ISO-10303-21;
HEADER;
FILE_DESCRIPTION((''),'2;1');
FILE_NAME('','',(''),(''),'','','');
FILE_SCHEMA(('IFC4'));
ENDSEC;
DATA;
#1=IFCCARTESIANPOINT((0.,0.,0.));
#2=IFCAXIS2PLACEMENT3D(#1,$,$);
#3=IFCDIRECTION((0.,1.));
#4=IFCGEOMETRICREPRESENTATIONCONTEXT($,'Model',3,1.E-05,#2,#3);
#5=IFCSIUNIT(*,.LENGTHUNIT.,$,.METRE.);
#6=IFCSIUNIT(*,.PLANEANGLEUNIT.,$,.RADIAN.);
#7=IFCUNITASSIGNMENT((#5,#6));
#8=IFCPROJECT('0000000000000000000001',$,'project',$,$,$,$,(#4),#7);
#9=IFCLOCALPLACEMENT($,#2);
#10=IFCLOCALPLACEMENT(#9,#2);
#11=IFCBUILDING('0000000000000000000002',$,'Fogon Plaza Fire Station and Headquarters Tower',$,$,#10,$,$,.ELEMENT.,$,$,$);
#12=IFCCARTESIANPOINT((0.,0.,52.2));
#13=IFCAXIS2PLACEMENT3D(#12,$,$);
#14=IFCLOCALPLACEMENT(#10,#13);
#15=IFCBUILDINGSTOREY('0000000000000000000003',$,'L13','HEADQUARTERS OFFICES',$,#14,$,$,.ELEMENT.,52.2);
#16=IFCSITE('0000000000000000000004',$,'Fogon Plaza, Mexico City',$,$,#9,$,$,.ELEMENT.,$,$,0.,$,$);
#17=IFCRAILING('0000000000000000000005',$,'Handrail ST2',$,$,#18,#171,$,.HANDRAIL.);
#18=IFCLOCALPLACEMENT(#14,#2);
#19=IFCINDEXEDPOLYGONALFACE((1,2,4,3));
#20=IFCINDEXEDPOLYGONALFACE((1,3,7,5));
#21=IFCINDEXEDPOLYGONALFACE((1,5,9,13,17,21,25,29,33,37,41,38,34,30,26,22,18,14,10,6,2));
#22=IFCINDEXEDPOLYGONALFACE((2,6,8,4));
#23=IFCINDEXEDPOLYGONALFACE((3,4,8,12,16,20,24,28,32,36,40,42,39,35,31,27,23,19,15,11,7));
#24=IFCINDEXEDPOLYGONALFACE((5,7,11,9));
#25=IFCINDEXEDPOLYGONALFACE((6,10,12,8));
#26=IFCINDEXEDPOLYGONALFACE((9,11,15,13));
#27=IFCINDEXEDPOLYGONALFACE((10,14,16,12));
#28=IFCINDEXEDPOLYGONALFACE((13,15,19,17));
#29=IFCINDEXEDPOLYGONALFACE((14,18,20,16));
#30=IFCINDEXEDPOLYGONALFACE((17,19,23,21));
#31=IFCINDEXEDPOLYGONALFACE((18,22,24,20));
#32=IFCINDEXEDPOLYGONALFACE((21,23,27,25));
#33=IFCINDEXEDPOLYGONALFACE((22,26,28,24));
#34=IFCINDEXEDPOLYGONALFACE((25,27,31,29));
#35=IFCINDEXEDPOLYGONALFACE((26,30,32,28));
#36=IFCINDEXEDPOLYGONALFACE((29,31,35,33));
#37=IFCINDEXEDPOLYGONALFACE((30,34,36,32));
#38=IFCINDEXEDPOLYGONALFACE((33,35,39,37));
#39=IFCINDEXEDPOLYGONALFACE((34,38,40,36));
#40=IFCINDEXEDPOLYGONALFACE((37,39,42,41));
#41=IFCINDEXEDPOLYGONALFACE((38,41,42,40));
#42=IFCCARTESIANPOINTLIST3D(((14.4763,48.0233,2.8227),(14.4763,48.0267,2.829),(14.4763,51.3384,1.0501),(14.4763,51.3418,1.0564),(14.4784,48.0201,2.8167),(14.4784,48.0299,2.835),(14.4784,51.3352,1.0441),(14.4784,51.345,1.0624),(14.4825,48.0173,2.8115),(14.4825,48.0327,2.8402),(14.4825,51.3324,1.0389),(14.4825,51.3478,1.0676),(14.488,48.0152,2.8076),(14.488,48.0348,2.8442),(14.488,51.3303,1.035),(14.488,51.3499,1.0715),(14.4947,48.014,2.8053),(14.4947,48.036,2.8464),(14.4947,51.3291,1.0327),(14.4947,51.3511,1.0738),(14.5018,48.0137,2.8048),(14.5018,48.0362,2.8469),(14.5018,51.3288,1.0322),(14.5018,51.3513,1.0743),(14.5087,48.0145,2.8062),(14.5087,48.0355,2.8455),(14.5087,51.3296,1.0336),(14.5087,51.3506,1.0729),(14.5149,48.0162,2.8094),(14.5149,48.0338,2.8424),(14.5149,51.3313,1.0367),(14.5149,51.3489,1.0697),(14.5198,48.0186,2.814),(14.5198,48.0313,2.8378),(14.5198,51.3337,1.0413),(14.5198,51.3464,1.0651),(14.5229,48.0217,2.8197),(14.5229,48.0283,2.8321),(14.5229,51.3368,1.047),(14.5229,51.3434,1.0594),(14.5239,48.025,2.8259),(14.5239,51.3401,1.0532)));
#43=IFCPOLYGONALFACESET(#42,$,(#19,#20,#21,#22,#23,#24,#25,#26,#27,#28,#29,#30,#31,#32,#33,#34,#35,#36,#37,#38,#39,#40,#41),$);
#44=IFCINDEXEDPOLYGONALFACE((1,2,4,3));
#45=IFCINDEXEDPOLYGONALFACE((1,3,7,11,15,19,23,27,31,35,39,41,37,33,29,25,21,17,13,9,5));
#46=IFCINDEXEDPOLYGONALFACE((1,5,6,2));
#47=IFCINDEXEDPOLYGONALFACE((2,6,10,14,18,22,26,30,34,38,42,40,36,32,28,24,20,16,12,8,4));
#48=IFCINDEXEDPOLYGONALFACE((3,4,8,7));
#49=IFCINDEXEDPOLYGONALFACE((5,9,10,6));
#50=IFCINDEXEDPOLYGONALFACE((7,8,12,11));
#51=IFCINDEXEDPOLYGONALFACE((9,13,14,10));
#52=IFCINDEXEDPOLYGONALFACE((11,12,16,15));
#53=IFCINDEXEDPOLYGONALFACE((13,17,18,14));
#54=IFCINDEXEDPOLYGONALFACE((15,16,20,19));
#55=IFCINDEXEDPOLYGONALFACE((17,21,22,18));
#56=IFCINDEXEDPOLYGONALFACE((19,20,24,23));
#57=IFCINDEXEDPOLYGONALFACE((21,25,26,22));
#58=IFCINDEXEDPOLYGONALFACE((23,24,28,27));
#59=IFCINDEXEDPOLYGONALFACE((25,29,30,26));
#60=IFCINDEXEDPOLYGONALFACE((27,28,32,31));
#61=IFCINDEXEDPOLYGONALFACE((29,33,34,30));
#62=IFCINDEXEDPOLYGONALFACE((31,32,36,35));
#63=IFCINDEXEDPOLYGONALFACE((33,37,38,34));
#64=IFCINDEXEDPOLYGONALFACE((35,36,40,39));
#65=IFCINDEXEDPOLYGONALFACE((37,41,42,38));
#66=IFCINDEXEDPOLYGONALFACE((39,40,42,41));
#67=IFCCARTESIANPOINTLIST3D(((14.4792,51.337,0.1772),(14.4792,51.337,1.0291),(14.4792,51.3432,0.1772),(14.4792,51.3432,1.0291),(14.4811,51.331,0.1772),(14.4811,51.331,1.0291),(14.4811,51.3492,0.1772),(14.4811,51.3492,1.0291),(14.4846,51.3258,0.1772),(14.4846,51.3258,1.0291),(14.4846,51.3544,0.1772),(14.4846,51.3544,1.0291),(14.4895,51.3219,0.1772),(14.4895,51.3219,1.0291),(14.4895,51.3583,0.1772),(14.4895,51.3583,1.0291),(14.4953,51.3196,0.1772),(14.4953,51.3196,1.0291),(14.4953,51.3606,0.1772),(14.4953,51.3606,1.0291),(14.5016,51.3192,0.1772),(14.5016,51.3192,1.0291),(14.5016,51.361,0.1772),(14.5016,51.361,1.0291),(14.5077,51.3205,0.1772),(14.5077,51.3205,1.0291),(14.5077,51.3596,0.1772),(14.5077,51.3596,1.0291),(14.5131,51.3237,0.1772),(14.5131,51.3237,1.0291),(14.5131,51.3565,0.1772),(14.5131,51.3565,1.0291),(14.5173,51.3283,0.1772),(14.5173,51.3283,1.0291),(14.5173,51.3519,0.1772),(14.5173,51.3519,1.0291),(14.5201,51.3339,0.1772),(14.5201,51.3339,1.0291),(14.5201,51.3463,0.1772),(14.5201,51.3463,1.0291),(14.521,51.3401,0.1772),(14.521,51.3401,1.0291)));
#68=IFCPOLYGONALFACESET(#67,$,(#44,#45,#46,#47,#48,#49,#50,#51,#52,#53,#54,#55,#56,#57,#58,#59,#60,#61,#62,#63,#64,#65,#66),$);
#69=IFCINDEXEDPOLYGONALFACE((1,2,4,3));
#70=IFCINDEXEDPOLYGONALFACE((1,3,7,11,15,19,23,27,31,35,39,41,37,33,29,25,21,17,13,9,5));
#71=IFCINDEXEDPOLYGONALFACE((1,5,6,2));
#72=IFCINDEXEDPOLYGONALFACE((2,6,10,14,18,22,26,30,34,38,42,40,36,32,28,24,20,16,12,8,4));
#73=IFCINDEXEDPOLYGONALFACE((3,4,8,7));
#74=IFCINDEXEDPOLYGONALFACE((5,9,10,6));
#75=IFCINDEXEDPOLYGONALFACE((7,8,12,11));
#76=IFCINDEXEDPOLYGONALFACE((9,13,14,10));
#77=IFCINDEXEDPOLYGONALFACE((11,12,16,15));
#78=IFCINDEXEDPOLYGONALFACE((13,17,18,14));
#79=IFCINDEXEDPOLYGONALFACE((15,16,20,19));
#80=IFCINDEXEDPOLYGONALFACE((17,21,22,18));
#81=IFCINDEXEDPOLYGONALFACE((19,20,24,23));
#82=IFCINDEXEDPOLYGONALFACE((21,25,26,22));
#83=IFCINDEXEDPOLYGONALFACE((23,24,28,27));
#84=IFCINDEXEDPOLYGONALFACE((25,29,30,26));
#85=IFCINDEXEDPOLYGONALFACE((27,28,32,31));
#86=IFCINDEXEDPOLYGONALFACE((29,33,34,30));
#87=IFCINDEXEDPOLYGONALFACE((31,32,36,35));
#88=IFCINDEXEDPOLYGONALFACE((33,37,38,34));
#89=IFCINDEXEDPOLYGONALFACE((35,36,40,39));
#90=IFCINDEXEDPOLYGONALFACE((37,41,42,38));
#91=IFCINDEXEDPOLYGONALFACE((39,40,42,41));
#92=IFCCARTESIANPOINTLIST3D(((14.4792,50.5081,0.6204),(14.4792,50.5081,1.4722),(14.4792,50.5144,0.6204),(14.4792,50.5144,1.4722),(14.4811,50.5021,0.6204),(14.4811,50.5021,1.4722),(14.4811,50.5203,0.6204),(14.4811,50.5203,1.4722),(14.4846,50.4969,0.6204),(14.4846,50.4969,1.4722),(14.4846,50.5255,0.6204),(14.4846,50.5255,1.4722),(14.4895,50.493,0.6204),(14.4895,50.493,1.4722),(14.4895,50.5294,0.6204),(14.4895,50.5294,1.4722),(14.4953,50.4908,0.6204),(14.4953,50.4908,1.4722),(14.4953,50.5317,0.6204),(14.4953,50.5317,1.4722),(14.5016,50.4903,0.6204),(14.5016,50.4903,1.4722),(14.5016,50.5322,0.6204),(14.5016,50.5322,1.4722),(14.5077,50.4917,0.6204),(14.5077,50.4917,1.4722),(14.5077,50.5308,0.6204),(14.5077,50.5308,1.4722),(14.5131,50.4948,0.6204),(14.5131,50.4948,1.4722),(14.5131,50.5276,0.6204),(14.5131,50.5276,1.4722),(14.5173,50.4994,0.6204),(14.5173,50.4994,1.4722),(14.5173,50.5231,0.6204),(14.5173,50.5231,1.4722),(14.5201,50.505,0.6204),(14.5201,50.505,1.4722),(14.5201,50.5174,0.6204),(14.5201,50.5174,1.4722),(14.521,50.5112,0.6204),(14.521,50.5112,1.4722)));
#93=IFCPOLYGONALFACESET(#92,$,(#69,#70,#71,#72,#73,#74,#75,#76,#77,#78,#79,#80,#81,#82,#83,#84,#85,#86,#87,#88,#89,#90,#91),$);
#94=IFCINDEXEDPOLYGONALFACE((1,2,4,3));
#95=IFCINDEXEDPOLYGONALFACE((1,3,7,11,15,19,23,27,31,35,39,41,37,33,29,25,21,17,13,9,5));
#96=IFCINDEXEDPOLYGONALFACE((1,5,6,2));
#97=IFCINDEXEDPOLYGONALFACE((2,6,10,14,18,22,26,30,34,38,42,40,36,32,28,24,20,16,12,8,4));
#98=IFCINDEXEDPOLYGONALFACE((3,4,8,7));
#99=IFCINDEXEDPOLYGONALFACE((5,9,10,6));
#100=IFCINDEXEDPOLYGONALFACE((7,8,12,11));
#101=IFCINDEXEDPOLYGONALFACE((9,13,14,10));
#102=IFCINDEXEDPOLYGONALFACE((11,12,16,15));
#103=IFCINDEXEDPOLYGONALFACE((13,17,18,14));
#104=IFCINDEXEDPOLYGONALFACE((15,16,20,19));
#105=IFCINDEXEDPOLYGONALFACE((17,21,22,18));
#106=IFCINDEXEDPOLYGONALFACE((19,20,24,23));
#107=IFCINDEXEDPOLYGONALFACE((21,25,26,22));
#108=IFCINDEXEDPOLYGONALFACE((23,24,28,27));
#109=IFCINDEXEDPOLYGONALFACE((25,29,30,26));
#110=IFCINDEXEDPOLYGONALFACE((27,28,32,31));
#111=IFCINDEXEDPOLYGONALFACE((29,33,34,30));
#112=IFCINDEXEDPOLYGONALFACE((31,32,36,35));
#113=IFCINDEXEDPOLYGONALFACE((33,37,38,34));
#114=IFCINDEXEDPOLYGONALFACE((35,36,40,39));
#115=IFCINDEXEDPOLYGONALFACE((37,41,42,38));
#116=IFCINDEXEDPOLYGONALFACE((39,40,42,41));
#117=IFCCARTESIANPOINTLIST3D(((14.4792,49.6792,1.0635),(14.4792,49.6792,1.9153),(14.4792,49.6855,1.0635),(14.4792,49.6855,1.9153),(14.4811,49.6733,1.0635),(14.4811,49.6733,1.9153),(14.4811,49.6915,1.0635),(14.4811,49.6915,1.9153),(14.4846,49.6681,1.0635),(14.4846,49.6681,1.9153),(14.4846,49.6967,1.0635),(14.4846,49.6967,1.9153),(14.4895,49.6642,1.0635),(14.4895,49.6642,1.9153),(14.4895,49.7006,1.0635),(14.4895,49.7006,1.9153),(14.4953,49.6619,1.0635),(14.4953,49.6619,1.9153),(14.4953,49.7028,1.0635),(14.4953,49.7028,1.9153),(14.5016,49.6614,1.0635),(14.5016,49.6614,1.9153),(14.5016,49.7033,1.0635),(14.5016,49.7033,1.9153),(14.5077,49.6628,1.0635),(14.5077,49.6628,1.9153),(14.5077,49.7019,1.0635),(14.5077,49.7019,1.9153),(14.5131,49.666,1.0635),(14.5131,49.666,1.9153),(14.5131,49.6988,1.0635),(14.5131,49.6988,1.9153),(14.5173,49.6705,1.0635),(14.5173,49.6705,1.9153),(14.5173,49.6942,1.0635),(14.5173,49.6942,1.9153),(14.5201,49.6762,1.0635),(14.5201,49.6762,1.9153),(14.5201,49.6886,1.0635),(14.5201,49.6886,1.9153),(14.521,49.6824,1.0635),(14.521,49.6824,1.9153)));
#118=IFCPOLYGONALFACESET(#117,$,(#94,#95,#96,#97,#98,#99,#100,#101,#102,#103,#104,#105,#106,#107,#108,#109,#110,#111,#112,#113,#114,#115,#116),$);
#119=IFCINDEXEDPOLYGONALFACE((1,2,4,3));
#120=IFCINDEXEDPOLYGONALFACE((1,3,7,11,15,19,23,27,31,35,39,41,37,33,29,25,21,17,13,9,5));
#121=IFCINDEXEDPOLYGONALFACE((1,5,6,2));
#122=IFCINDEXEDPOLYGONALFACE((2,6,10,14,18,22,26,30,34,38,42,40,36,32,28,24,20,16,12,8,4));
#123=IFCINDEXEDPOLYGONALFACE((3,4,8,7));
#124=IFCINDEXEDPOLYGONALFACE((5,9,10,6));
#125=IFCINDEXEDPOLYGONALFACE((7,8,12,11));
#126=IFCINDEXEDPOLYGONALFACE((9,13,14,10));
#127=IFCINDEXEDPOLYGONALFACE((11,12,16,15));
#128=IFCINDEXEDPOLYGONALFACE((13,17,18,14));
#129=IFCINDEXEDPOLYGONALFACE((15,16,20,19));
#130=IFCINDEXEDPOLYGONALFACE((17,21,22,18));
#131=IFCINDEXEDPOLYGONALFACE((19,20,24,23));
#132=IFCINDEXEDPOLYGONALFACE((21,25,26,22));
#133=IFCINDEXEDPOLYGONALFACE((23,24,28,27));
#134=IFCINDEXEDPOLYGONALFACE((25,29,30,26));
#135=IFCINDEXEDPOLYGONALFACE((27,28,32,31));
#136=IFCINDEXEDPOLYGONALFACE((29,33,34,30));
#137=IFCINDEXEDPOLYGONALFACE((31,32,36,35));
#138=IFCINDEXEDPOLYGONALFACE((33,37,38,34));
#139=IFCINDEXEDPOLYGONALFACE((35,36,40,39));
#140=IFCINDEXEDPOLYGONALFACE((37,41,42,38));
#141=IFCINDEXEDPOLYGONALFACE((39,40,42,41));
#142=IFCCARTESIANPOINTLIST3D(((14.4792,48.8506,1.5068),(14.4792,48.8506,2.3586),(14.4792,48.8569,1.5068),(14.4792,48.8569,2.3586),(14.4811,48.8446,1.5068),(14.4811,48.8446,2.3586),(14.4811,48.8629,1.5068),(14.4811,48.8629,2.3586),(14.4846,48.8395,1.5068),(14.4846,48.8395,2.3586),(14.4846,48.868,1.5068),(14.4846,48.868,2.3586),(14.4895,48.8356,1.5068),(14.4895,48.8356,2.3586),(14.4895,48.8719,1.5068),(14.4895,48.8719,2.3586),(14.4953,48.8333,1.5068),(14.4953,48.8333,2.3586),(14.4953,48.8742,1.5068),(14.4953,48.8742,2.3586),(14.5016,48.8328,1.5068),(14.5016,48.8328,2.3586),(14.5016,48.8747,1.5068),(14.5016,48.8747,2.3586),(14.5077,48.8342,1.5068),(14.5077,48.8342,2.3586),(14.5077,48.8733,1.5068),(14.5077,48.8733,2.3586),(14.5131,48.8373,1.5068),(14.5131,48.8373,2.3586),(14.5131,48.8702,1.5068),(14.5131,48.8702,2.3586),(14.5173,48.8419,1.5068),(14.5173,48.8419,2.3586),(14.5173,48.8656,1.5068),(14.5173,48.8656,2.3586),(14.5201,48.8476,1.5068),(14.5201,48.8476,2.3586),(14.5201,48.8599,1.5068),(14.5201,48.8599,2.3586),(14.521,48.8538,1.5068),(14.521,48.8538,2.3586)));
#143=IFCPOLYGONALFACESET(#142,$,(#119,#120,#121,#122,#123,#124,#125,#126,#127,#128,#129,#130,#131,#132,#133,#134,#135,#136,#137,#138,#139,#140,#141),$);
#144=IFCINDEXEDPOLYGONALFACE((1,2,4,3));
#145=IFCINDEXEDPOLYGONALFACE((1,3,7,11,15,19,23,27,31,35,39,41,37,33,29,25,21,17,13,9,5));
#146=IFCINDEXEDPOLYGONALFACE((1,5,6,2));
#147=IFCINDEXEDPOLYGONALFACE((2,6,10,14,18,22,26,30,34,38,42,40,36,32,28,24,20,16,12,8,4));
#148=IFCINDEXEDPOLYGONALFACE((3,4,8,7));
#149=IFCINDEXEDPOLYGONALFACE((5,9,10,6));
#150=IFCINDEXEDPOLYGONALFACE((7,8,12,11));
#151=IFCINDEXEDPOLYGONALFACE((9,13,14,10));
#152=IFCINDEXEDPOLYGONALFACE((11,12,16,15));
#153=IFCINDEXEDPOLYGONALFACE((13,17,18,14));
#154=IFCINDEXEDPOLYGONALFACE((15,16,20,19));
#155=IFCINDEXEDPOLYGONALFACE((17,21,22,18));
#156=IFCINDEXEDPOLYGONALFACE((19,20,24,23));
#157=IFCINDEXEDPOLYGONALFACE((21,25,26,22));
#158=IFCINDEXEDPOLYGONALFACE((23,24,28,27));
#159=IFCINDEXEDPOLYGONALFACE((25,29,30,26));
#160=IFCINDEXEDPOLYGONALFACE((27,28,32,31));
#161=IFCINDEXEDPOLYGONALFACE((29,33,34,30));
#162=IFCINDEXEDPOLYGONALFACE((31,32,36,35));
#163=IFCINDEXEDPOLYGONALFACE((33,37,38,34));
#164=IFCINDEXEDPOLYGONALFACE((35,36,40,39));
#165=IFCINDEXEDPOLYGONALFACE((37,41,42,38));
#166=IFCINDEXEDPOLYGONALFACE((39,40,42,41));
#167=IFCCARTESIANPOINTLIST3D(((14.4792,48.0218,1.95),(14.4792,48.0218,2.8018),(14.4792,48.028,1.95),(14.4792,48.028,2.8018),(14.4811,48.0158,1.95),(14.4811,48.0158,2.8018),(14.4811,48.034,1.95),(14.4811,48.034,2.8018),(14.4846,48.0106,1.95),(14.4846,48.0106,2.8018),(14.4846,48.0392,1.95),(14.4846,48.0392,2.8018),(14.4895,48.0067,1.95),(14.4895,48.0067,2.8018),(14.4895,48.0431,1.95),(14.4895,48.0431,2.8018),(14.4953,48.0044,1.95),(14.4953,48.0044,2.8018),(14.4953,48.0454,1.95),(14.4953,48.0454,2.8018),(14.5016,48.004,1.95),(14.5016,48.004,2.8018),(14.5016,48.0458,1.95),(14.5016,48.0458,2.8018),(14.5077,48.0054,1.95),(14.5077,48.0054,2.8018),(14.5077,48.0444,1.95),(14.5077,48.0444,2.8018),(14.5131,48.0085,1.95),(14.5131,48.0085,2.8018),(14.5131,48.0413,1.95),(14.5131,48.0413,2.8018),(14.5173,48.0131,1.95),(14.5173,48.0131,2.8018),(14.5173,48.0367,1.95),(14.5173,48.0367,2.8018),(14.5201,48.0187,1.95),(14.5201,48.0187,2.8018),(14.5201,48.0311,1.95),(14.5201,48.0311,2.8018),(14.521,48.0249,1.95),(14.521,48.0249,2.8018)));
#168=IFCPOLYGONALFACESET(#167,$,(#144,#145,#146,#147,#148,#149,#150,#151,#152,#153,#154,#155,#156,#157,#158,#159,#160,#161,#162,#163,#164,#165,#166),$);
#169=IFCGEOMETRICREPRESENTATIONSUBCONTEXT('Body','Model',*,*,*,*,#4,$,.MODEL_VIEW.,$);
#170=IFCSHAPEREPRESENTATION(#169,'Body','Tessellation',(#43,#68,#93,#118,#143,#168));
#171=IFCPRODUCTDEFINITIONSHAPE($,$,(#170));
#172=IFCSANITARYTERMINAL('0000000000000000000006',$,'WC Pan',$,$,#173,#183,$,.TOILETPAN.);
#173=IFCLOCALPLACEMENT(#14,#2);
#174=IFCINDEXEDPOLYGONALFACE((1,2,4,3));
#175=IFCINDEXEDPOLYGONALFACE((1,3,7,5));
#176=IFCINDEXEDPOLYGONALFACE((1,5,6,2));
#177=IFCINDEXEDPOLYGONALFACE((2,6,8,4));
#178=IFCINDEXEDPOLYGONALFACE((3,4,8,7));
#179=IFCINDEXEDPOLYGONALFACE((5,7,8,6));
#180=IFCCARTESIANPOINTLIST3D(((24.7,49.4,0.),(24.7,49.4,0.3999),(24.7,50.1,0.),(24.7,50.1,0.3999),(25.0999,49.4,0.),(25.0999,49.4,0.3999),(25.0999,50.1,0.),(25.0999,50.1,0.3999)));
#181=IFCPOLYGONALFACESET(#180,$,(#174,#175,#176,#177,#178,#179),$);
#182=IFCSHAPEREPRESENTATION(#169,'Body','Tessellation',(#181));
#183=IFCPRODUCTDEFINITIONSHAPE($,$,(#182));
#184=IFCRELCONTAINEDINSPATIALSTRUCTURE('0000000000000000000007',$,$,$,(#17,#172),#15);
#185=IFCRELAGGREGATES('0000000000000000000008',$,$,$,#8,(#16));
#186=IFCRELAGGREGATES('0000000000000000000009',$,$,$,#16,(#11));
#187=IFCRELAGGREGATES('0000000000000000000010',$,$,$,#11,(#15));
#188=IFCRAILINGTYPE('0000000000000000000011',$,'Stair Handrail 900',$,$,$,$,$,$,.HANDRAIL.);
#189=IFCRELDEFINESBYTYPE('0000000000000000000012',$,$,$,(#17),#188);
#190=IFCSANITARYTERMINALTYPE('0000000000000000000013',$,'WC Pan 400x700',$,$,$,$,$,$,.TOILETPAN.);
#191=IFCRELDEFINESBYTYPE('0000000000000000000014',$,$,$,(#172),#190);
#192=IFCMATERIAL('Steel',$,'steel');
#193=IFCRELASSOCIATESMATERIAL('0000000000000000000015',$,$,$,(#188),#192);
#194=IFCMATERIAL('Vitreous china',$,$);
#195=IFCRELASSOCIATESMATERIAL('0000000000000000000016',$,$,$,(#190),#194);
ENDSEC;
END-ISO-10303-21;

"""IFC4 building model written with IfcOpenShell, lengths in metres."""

from ifc_helpers import new_model, si_unit, direction, frame, origin, origin_2d, place, context, subcontext, project, spatial, rectangle, circle, extrude, material, type_object, element, save


model = new_model("IFC4")

# Units and contexts
model_context = context("Model", 3, precision=1e-05, world=origin(), true_north=direction((0.0, 1.0)))
body_context = subcontext(model_context, "Body", "Model", "MODEL_VIEW")
ifc_project = project(units=[si_unit("LENGTHUNIT", "METRE"), si_unit("PLANEANGLEUNIT", "RADIAN")], contexts=[model_context])

# Site, building, storey
site_placement = place(None, origin())
site = spatial("IfcSite", under=ifc_project, at=site_placement, Name="Fogon Plaza, Mexico City", CompositionType="ELEMENT", RefElevation=0.0)
building_placement = place(site_placement, origin())
building = spatial("IfcBuilding", under=site, at=building_placement, Name="Fogon Plaza Fire Station and Headquarters Tower", CompositionType="ELEMENT")
storey_placement = place(building_placement, frame((0.0, 0.0, 52.2)))
storey = spatial("IfcBuildingStorey", under=building, at=storey_placement, Name="L13", Description="HEADQUARTERS OFFICES", CompositionType="ELEMENT", Elevation=52.2)

# Railing
ifc_material_1 = material(Name="Steel", Category="steel")
railing_type = type_object("IfcRailingType", Name="Stair Handrail 900", PredefinedType="HANDRAIL", material=ifc_material_1)
for number, where, name in (
    (1, (14.5, 51.3401, 0.1772), "Handrail ST2"),
):
    element("IfcRailing", number, at=place(storey_placement, frame(where)), inside=storey, type_object=railing_type, Name=name, PredefinedType="HANDRAIL", context=body_context, shape_type="SweptSolid", body=[
        extrude(circle(Radius=0.0239, at=origin_2d()), frame((0.0, 0.0, 0.876), z_axis=(0.0, -0.881844, 0.471542), x_axis=(1.0, 0.0, 0.0)), (0.0, 0.0, 1.0), 3.7593),
        extrude(circle(Radius=0.021, at=origin_2d()), origin(), (0.0, 0.0, 1.0), 0.8518),
        extrude(circle(Radius=0.021, at=origin_2d()), frame((0.0, -0.8289, 0.4431)), (0.0, 0.0, 1.0), 0.8518),
        extrude(circle(Radius=0.021, at=origin_2d()), frame((0.0, -1.6577, 0.8862)), (0.0, 0.0, 1.0), 0.8518),
        extrude(circle(Radius=0.021, at=origin_2d()), frame((0.0, -2.4863, 1.3296)), (0.0, 0.0, 1.0), 0.8518),
        extrude(circle(Radius=0.021, at=origin_2d()), frame((0.0, -3.3152, 1.7727)), (0.0, 0.0, 1.0), 0.8518),
    ])

# Sanitary terminal
ifc_material_2 = material(Name="Vitreous china")
sanitary_terminal_type = type_object("IfcSanitaryTerminalType", Name="WC Pan 400x700", PredefinedType="TOILETPAN", material=ifc_material_2)
sanitary_terminal_placement = place(storey_placement, frame((24.8999, 49.75, 0.0), z_axis=(0.0, 0.0, 1.0), x_axis=(1.0, 0.0, 0.0)))
element("IfcSanitaryTerminal", 2, at=sanitary_terminal_placement, inside=storey, type_object=sanitary_terminal_type, Name="WC Pan", PredefinedType="TOILETPAN", context=body_context, shape_type="SweptSolid", body=[
    extrude(rectangle(XDim=0.3999, YDim=0.7, at=origin_2d()), origin(), (0.0, 0.0, 1.0), 0.3999),
])

save(model, "model.ifc")
